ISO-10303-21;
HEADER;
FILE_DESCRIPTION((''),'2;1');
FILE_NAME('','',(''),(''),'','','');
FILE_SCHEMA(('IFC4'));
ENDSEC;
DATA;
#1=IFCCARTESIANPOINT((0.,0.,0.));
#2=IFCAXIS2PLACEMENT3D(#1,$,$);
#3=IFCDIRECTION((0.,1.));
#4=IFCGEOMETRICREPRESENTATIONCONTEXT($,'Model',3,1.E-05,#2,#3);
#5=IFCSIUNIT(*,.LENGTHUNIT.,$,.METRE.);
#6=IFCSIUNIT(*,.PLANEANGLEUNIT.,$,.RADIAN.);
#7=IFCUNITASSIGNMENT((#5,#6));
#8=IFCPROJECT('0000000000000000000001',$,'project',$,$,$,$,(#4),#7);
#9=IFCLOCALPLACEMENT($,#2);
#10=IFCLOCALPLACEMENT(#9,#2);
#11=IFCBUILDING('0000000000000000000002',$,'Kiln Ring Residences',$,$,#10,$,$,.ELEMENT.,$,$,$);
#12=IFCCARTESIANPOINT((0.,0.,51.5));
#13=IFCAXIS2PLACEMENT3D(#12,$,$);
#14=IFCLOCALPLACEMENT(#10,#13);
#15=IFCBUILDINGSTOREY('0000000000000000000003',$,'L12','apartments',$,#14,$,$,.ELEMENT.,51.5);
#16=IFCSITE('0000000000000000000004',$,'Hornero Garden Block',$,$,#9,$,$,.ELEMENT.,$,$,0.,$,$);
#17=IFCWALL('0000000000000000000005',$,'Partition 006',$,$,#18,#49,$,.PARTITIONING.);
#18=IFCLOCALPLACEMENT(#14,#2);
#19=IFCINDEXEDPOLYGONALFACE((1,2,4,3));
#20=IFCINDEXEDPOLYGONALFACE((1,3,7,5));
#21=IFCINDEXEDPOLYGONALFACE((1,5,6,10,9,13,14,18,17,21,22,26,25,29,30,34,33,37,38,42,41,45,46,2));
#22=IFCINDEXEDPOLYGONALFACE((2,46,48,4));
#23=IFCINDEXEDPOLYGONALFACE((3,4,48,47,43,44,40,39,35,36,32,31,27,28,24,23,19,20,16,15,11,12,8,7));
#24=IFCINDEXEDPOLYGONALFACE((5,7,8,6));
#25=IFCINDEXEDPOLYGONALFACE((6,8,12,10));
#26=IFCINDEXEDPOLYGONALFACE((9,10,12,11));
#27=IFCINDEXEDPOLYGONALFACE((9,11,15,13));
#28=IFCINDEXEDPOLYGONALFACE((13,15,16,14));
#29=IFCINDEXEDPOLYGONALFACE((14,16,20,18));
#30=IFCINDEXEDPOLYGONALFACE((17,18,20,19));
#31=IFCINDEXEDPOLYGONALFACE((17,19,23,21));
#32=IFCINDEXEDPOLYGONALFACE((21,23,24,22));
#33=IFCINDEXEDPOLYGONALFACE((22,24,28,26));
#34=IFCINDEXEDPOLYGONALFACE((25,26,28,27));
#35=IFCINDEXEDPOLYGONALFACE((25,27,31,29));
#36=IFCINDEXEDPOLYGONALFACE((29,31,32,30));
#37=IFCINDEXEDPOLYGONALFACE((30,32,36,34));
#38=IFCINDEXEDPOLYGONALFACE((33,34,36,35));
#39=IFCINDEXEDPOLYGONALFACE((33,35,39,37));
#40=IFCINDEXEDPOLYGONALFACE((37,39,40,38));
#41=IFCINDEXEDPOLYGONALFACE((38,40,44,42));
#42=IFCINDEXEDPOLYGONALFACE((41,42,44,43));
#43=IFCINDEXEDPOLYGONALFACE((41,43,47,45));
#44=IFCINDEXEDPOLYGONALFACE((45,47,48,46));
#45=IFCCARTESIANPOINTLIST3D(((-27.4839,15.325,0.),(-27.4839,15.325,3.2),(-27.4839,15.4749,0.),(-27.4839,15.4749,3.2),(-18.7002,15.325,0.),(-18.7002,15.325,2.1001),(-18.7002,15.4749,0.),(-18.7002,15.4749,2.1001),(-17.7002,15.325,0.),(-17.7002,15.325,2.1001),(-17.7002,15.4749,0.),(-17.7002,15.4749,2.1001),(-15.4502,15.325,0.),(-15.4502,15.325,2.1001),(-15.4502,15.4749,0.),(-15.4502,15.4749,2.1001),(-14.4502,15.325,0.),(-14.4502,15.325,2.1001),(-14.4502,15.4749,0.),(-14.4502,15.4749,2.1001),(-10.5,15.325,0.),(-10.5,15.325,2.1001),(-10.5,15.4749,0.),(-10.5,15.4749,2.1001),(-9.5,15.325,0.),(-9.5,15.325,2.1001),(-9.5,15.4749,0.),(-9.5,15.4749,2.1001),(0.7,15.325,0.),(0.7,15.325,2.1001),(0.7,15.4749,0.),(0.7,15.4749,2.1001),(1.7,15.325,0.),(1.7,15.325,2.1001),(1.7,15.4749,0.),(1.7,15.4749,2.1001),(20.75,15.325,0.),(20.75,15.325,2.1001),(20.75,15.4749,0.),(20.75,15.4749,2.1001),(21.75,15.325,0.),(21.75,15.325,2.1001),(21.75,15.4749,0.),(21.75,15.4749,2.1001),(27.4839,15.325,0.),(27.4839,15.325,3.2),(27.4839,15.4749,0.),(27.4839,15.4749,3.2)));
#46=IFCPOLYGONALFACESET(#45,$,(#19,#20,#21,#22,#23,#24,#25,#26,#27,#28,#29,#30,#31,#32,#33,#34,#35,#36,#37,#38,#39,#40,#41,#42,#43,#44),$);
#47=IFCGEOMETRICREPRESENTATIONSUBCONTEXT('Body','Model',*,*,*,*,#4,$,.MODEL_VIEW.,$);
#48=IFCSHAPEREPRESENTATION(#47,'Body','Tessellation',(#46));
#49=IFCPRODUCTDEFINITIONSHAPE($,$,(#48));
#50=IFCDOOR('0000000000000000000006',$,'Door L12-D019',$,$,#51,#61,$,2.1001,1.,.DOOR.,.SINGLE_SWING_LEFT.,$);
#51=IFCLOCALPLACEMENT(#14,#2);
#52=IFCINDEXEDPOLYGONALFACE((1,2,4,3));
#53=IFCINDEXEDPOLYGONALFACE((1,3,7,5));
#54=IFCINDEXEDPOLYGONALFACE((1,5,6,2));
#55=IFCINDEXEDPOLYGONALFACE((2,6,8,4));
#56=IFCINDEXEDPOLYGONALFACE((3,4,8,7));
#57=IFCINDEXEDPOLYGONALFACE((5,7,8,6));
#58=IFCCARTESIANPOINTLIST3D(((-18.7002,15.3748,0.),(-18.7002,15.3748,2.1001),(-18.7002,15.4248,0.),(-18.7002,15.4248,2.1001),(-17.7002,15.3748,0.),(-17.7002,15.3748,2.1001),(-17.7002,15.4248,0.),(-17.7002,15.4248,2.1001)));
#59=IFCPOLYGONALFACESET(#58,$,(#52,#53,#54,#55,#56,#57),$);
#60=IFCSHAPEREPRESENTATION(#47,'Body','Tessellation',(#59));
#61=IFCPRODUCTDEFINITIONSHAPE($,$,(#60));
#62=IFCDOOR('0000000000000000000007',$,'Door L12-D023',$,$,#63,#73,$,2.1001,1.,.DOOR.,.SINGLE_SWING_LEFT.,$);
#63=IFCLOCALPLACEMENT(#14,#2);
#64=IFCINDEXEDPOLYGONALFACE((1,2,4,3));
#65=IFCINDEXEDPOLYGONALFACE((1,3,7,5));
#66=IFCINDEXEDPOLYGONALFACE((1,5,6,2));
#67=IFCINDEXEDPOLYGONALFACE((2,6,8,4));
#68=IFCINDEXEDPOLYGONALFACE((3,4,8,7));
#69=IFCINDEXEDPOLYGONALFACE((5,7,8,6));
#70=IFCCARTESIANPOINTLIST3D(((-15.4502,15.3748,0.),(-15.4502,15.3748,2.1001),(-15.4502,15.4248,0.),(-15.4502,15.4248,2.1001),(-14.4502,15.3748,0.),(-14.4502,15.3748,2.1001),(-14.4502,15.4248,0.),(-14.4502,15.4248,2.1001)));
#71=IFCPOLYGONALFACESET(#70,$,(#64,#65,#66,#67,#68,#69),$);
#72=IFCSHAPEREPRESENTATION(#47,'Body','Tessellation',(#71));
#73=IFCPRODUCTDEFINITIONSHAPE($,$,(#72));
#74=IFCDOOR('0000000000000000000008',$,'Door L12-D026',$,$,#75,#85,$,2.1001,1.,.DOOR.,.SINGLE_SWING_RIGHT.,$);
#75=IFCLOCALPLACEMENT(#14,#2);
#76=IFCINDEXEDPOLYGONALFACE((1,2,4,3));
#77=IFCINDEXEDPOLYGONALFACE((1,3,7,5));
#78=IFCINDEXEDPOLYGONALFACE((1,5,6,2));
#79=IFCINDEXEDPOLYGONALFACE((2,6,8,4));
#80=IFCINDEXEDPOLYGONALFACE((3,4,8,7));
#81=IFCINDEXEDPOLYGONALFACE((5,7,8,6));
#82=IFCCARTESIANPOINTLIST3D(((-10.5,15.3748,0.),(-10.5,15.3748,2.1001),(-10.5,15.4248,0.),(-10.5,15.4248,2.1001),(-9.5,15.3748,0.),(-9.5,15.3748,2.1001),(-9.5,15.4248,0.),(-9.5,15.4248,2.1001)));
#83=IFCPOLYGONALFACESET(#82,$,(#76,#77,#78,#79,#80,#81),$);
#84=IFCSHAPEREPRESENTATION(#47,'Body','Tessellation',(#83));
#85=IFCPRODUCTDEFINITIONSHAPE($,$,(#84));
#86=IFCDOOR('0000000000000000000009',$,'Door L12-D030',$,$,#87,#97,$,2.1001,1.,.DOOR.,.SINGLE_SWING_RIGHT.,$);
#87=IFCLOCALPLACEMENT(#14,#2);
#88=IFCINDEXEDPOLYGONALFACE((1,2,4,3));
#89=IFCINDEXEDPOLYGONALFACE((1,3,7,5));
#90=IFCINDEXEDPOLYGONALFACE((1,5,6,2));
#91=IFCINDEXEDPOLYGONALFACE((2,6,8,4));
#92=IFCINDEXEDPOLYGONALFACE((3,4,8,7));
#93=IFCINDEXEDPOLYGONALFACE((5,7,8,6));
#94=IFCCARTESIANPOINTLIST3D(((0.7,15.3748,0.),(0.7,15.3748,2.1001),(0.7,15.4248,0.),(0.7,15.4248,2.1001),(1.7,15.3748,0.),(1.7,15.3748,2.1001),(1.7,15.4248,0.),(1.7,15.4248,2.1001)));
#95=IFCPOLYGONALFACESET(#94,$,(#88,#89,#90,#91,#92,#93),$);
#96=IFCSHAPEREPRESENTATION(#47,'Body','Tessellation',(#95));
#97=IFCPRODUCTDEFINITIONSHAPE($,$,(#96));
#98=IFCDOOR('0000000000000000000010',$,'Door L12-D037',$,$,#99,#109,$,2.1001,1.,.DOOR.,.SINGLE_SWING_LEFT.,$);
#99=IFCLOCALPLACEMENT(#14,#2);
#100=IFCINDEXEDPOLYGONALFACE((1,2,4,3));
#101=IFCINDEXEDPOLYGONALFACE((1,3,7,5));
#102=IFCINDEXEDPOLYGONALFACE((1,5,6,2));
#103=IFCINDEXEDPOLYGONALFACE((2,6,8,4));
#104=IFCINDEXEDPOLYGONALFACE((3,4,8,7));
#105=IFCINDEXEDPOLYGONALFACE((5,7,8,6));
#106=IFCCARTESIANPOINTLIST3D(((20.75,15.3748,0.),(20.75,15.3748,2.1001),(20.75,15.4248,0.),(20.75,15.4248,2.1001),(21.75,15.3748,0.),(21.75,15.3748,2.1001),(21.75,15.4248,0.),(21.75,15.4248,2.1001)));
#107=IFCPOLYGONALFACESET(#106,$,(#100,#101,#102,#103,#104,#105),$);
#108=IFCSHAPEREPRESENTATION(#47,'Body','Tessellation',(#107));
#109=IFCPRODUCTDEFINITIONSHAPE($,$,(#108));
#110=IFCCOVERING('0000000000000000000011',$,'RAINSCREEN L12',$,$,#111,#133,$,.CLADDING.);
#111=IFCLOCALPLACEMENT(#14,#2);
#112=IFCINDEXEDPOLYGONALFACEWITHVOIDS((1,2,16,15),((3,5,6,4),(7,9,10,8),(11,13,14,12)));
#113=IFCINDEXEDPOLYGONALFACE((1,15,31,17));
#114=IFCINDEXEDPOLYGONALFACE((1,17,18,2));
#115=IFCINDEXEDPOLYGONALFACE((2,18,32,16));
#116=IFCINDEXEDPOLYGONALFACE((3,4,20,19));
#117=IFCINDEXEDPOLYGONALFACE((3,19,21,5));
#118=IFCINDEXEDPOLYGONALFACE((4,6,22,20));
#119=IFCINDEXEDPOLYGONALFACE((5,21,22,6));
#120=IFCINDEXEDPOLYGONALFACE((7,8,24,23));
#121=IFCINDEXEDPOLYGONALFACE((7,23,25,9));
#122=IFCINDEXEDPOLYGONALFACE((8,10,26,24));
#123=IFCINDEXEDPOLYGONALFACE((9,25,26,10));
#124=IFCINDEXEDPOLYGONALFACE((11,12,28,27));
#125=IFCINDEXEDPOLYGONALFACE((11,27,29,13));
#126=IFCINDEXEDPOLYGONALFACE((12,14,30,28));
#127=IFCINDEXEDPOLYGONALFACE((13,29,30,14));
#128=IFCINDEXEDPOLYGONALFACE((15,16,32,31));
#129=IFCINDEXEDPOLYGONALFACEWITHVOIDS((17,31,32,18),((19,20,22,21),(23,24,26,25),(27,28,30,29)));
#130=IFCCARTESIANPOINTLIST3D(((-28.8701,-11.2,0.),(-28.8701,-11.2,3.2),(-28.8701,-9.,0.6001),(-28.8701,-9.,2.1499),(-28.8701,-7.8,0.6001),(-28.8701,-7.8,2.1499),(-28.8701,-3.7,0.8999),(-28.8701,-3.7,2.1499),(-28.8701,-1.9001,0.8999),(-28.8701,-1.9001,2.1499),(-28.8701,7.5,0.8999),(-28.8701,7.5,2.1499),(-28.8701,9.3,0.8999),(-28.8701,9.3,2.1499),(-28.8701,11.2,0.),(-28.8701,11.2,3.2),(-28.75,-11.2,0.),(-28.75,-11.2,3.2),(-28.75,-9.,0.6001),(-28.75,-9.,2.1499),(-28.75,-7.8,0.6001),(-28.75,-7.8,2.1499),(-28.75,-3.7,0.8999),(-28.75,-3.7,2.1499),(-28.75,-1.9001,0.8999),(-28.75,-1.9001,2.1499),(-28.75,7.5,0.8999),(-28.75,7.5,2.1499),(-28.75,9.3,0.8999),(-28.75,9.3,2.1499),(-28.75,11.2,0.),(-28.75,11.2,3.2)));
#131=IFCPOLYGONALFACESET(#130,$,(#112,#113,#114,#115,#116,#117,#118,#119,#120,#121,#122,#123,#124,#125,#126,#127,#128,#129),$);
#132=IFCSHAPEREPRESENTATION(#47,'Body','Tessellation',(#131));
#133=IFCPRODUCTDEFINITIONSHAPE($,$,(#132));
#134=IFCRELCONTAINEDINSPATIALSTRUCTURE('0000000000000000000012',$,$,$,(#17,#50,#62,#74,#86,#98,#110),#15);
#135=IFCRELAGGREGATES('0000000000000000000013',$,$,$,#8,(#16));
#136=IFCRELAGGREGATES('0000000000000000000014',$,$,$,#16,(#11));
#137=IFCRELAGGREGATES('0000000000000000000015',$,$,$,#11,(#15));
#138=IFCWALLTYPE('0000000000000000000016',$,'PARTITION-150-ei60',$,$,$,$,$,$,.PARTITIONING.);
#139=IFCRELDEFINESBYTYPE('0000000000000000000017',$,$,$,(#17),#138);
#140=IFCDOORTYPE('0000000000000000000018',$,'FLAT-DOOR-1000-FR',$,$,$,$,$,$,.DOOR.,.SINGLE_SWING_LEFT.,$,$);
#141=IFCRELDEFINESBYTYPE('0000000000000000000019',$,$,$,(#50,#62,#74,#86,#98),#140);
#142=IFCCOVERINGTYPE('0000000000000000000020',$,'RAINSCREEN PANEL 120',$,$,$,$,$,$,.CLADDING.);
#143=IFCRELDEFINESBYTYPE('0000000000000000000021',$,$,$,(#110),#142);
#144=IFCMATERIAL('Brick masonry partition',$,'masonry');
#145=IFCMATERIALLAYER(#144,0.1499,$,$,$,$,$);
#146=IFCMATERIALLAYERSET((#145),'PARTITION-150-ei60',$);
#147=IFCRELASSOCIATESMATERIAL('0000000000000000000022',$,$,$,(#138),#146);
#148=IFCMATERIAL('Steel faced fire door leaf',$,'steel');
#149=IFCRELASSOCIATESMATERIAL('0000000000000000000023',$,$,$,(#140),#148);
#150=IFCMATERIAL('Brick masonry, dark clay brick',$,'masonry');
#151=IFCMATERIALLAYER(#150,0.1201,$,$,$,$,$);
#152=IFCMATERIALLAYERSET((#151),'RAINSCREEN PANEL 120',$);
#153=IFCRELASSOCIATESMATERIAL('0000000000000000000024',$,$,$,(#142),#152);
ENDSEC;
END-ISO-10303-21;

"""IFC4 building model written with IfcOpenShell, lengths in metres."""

from ifc_helpers import new_model, si_unit, direction, frame, frame_2d, origin, place, context, subcontext, project, spatial, polyline, rectangle, outline, extrude, material, layer, layer_set, type_object, element, fill, save


model = new_model("IFC4")

# Units and contexts
model_context = context("Model", 3, precision=1e-05, world=origin(), true_north=direction((0.0, 1.0)))
body_context = subcontext(model_context, "Body", "Model", "MODEL_VIEW")
ifc_project = project(units=[si_unit("LENGTHUNIT", "METRE"), si_unit("PLANEANGLEUNIT", "RADIAN")], contexts=[model_context])

# Site, building, storey
site_placement = place(None, origin())
site = spatial("IfcSite", under=ifc_project, at=site_placement, Name="Hornero Garden Block", CompositionType="ELEMENT", RefElevation=0.0)
building_placement = place(site_placement, origin())
building = spatial("IfcBuilding", under=site, at=building_placement, Name="Kiln Ring Residences", CompositionType="ELEMENT")
storey_placement = place(building_placement, frame((0.0, 0.0, 51.5)))
storey = spatial("IfcBuildingStorey", under=building, at=storey_placement, Name="L12", Description="apartments", CompositionType="ELEMENT", Elevation=51.5)

# Wall, openings, doors
ifc_material_1 = material(Name="Brick masonry partition", Category="masonry")
ifc_layer_1 = layer(ifc_material_1, 0.1499)
ifc_layer_set_1 = layer_set([ifc_layer_1], Name="PARTITION-150-ei60")
wall_type_1 = type_object("IfcWallType", Name="PARTITION-150-ei60", PredefinedType="PARTITIONING", material=ifc_layer_set_1)
wall_1_placement = place(storey_placement, frame((-27.4839, 15.3999, 0.0), z_axis=(0.0, 0.0, 1.0), x_axis=(1.0, 0.0, 0.0)))
wall_1 = element("IfcWall", 1, at=wall_1_placement, inside=storey, type_object=wall_type_1, Name="Partition 006", PredefinedType="PARTITIONING", context=body_context, shape_type="SweptSolid", body=[
    extrude(rectangle(XDim=54.9678, YDim=0.1499, at=frame_2d((27.4839, 0.0))), origin(), (0.0, 0.0, 1.0), 3.2),
])
opening_1_placement = place(wall_1_placement, frame((8.7837, 0.0, 0.0)))
opening_1 = element("IfcOpeningElement", 2, at=opening_1_placement, cuts=wall_1, PredefinedType="OPENING", context=body_context, shape_type="SweptSolid", body=[
    extrude(rectangle(XDim=1.0, YDim=2.1001, at=frame_2d((0.5, 1.05))), frame((0.0, 0.085, 0.0), z_axis=(0.0, -1.0, 0.0), x_axis=(1.0, 0.0, 0.0)), (0.0, 0.0, 1.0), 0.1699),
])
opening_2_placement = place(wall_1_placement, frame((12.0337, 0.0, 0.0)))
opening_2 = element("IfcOpeningElement", 3, at=opening_2_placement, cuts=wall_1, PredefinedType="OPENING", context=body_context, shape_type="SweptSolid", body=[
    extrude(rectangle(XDim=1.0, YDim=2.1001, at=frame_2d((0.5, 1.05))), frame((0.0, 0.085, 0.0), z_axis=(0.0, -1.0, 0.0), x_axis=(1.0, 0.0, 0.0)), (0.0, 0.0, 1.0), 0.1699),
])
opening_3_placement = place(wall_1_placement, frame((16.9839, 0.0, 0.0)))
opening_3 = element("IfcOpeningElement", 4, at=opening_3_placement, cuts=wall_1, PredefinedType="OPENING", context=body_context, shape_type="SweptSolid", body=[
    extrude(rectangle(XDim=1.0, YDim=2.1001, at=frame_2d((0.5, 1.05))), frame((0.0, 0.085, 0.0), z_axis=(0.0, -1.0, 0.0), x_axis=(1.0, 0.0, 0.0)), (0.0, 0.0, 1.0), 0.1699),
])
opening_4_placement = place(wall_1_placement, frame((28.1838, 0.0, 0.0)))
opening_4 = element("IfcOpeningElement", 5, at=opening_4_placement, cuts=wall_1, PredefinedType="OPENING", context=body_context, shape_type="SweptSolid", body=[
    extrude(rectangle(XDim=1.0, YDim=2.1001, at=frame_2d((0.5, 1.05))), frame((0.0, 0.085, 0.0), z_axis=(0.0, -1.0, 0.0), x_axis=(1.0, 0.0, 0.0)), (0.0, 0.0, 1.0), 0.1699),
])
opening_5_placement = place(wall_1_placement, frame((48.2339, 0.0, 0.0)))
opening_5 = element("IfcOpeningElement", 6, at=opening_5_placement, cuts=wall_1, PredefinedType="OPENING", context=body_context, shape_type="SweptSolid", body=[
    extrude(rectangle(XDim=1.0, YDim=2.1001, at=frame_2d((0.5, 1.05))), frame((0.0, 0.085, 0.0), z_axis=(0.0, -1.0, 0.0), x_axis=(1.0, 0.0, 0.0)), (0.0, 0.0, 1.0), 0.1699),
])
ifc_material_2 = material(Name="Steel faced fire door leaf", Category="steel")
door_type = type_object("IfcDoorType", Name="FLAT-DOOR-1000-FR", OperationType="SINGLE_SWING_LEFT", PredefinedType="DOOR", material=ifc_material_2)
door_1_placement = place(opening_1_placement, origin())
door_1 = element("IfcDoor", 7, at=door_1_placement, inside=storey, type_object=door_type, Name="Door L12-D019", OperationType="SINGLE_SWING_LEFT", OverallHeight=2.1001, OverallWidth=1.0, PredefinedType="DOOR", context=body_context, shape_type="SweptSolid", body=[
    extrude(rectangle(XDim=1.0, YDim=2.1001, at=frame_2d((0.5, 1.05))), frame((0.0, 0.0249, 0.0), z_axis=(0.0, -1.0, 0.0), x_axis=(1.0, 0.0, 0.0)), (0.0, 0.0, 1.0), 0.05),
])
fill(opening_1, door_1)
door_2_placement = place(opening_2_placement, origin())
door_2 = element("IfcDoor", 8, at=door_2_placement, inside=storey, type_object=door_type, Name="Door L12-D023", OperationType="SINGLE_SWING_LEFT", OverallHeight=2.1001, OverallWidth=1.0, PredefinedType="DOOR", context=body_context, shape_type="SweptSolid", body=[
    extrude(rectangle(XDim=1.0, YDim=2.1001, at=frame_2d((0.5, 1.05))), frame((0.0, 0.0249, 0.0), z_axis=(0.0, -1.0, 0.0), x_axis=(1.0, 0.0, 0.0)), (0.0, 0.0, 1.0), 0.05),
])
fill(opening_2, door_2)
door_3_placement = place(opening_3_placement, origin())
door_3 = element("IfcDoor", 9, at=door_3_placement, inside=storey, type_object=door_type, Name="Door L12-D026", OperationType="SINGLE_SWING_RIGHT", OverallHeight=2.1001, OverallWidth=1.0, PredefinedType="DOOR", context=body_context, shape_type="SweptSolid", body=[
    extrude(rectangle(XDim=1.0, YDim=2.1001, at=frame_2d((0.5, 1.05))), frame((0.0, 0.0249, 0.0), z_axis=(0.0, -1.0, 0.0), x_axis=(1.0, 0.0, 0.0)), (0.0, 0.0, 1.0), 0.05),
])
fill(opening_3, door_3)
door_4_placement = place(opening_4_placement, origin())
door_4 = element("IfcDoor", 10, at=door_4_placement, inside=storey, type_object=door_type, Name="Door L12-D030", OperationType="SINGLE_SWING_RIGHT", OverallHeight=2.1001, OverallWidth=1.0, PredefinedType="DOOR", context=body_context, shape_type="SweptSolid", body=[
    extrude(rectangle(XDim=1.0, YDim=2.1001, at=frame_2d((0.5, 1.05))), frame((0.0, 0.0249, 0.0), z_axis=(0.0, -1.0, 0.0), x_axis=(1.0, 0.0, 0.0)), (0.0, 0.0, 1.0), 0.05),
])
fill(opening_4, door_4)
door_5_placement = place(opening_5_placement, origin())
door_5 = element("IfcDoor", 11, at=door_5_placement, inside=storey, type_object=door_type, Name="Door L12-D037", OperationType="SINGLE_SWING_LEFT", OverallHeight=2.1001, OverallWidth=1.0, PredefinedType="DOOR", context=body_context, shape_type="SweptSolid", body=[
    extrude(rectangle(XDim=1.0, YDim=2.1001, at=frame_2d((0.5, 1.05))), frame((0.0, 0.0249, 0.0), z_axis=(0.0, -1.0, 0.0), x_axis=(1.0, 0.0, 0.0)), (0.0, 0.0, 1.0), 0.05),
])
fill(opening_5, door_5)

# Covering
ifc_material_3 = material(Name="Brick masonry, dark clay brick", Category="masonry")
ifc_layer_2 = layer(ifc_material_3, 0.1201)
ifc_layer_set_2 = layer_set([ifc_layer_2], Name="RAINSCREEN PANEL 120")
covering_type = type_object("IfcCoveringType", Name="RAINSCREEN PANEL 120", PredefinedType="CLADDING", material=ifc_layer_set_2)
covering_placement = place(storey_placement, frame((-28.8101, 11.2, 0.0), z_axis=(0.0, 0.0, 1.0), x_axis=(0.0, -1.0, 0.0)))
element("IfcCovering", 12, at=covering_placement, inside=storey, type_object=covering_type, Name="RAINSCREEN L12", PredefinedType="CLADDING", context=body_context, shape_type="SweptSolid", body=[
    extrude(outline(polyline([(0.0, 0.0), (22.3999, 0.0), (22.3999, 3.2), (0.0, 3.2), (0.0, 0.0)]), holes=[polyline([(20.2, 2.1499), (19.0, 2.1499), (19.0, 0.6001), (20.2, 0.6001), (20.2, 2.1499)]), polyline([(3.7, 0.8999), (3.7, 2.1499), (1.8999, 2.1499), (1.8999, 0.8999), (3.7, 0.8999)]), polyline([(14.8999, 0.8999), (14.8999, 2.1499), (13.1001, 2.1499), (13.1001, 0.8999), (14.8999, 0.8999)])]), frame((0.0, 0.0601, 0.0), z_axis=(0.0, -1.0, 0.0), x_axis=(1.0, 0.0, 0.0)), (0.0, 0.0, 1.0), 0.1201),
])

save(model, "model.ifc")
